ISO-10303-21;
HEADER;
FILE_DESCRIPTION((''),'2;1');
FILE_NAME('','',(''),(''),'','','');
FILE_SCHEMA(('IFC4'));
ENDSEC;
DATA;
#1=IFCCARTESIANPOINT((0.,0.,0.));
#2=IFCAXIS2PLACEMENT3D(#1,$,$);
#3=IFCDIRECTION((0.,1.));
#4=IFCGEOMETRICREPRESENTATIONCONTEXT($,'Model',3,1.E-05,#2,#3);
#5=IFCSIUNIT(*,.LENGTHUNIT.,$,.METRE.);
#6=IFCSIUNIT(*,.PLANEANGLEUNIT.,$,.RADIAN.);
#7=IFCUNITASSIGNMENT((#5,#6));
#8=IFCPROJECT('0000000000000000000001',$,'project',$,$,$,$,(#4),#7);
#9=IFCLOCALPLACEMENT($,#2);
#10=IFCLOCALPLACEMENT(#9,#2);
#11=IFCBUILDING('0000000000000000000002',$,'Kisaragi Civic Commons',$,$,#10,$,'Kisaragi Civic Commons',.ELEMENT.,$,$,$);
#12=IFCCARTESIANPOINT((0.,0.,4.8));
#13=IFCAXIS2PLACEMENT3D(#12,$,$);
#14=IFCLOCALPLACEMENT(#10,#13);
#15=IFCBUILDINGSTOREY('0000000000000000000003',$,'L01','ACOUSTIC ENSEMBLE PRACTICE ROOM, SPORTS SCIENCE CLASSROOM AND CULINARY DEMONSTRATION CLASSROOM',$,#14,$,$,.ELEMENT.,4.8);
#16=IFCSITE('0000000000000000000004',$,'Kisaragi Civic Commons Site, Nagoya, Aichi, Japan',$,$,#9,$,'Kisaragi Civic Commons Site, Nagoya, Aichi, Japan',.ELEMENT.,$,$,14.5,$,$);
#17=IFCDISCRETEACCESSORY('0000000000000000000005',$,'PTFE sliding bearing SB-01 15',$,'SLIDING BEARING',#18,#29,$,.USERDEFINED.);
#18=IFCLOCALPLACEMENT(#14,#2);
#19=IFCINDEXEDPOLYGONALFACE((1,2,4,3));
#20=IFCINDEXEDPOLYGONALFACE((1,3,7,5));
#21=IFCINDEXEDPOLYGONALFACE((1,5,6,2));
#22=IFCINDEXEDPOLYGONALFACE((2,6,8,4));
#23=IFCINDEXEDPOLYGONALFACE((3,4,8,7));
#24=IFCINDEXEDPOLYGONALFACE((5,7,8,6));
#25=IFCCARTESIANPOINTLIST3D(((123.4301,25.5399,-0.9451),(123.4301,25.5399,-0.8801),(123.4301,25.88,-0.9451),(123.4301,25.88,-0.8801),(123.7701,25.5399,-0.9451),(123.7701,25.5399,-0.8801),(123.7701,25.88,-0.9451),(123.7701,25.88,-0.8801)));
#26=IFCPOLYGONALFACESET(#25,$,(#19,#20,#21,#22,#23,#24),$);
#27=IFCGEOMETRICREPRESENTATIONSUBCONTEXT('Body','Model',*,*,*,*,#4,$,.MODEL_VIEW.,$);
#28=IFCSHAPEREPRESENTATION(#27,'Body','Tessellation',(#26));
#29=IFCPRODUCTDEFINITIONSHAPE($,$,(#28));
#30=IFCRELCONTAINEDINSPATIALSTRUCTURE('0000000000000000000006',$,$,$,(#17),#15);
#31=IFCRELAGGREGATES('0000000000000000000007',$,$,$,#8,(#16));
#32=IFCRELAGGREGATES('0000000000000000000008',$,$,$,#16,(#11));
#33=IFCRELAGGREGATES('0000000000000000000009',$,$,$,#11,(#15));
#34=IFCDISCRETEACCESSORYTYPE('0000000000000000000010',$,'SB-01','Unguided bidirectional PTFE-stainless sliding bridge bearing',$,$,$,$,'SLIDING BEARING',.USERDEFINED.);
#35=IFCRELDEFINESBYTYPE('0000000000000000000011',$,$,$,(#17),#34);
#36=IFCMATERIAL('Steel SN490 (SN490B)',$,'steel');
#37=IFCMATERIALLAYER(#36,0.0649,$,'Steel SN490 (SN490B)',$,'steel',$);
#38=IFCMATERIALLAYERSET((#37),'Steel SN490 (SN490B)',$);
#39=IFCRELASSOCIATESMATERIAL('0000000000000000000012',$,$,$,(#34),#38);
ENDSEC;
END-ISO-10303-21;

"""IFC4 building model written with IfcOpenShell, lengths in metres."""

from ifc_helpers import new_model, si_unit, direction, frame, origin, origin_2d, place, context, subcontext, project, spatial, rectangle, extrude, material, layer, layer_set, type_object, element, save


model = new_model("IFC4")

# Units and contexts
model_context = context("Model", 3, precision=1e-05, world=origin(), true_north=direction((0.0, 1.0)))
body_context = subcontext(model_context, "Body", "Model", "MODEL_VIEW")
ifc_project = project(units=[si_unit("LENGTHUNIT", "METRE"), si_unit("PLANEANGLEUNIT", "RADIAN")], contexts=[model_context])

# Site, building, storey
site_placement = place(None, origin())
site = spatial("IfcSite", under=ifc_project, at=site_placement, Name="Kisaragi Civic Commons Site, Nagoya, Aichi, Japan", LongName="Kisaragi Civic Commons Site, Nagoya, Aichi, Japan", CompositionType="ELEMENT", RefElevation=14.5)
building_placement = place(site_placement, origin())
building = spatial("IfcBuilding", under=site, at=building_placement, Name="Kisaragi Civic Commons", LongName="Kisaragi Civic Commons", CompositionType="ELEMENT")
storey_placement = place(building_placement, frame((0.0, 0.0, 4.8)))
storey = spatial("IfcBuildingStorey", under=building, at=storey_placement, Name="L01", Description="ACOUSTIC ENSEMBLE PRACTICE ROOM, SPORTS SCIENCE CLASSROOM AND CULINARY DEMONSTRATION CLASSROOM", CompositionType="ELEMENT", Elevation=4.8)

# Shared definitions
ifc_material_1 = material(Name="Steel SN490 (SN490B)", Category="steel")

# Discrete accessory
ifc_layer_1 = layer(ifc_material_1, 0.0649, Name="Steel SN490 (SN490B)", Category="steel")
ifc_layer_set_1 = layer_set([ifc_layer_1], Name="Steel SN490 (SN490B)")
discrete_accessory_type = type_object("IfcDiscreteAccessoryType", Name="SB-01", Description="Unguided bidirectional PTFE-stainless sliding bridge bearing", ElementType="SLIDING BEARING", PredefinedType="USERDEFINED", material=ifc_layer_set_1)
discrete_accessory_placement = place(storey_placement, frame((123.6001, 25.71, -0.9451), z_axis=(0.0, 0.0, 1.0), x_axis=(1.0, 0.0, 0.0)))
element("IfcDiscreteAccessory", 1, at=discrete_accessory_placement, inside=storey, type_object=discrete_accessory_type, Name="PTFE sliding bearing SB-01 15", ObjectType="SLIDING BEARING", PredefinedType="USERDEFINED", context=body_context, shape_type="SweptSolid", body=[
    extrude(rectangle(XDim=0.3401, YDim=0.3401, at=origin_2d()), origin(), (0.0, 0.0, 1.0), 0.0649),
])

save(model, "model.ifc")
